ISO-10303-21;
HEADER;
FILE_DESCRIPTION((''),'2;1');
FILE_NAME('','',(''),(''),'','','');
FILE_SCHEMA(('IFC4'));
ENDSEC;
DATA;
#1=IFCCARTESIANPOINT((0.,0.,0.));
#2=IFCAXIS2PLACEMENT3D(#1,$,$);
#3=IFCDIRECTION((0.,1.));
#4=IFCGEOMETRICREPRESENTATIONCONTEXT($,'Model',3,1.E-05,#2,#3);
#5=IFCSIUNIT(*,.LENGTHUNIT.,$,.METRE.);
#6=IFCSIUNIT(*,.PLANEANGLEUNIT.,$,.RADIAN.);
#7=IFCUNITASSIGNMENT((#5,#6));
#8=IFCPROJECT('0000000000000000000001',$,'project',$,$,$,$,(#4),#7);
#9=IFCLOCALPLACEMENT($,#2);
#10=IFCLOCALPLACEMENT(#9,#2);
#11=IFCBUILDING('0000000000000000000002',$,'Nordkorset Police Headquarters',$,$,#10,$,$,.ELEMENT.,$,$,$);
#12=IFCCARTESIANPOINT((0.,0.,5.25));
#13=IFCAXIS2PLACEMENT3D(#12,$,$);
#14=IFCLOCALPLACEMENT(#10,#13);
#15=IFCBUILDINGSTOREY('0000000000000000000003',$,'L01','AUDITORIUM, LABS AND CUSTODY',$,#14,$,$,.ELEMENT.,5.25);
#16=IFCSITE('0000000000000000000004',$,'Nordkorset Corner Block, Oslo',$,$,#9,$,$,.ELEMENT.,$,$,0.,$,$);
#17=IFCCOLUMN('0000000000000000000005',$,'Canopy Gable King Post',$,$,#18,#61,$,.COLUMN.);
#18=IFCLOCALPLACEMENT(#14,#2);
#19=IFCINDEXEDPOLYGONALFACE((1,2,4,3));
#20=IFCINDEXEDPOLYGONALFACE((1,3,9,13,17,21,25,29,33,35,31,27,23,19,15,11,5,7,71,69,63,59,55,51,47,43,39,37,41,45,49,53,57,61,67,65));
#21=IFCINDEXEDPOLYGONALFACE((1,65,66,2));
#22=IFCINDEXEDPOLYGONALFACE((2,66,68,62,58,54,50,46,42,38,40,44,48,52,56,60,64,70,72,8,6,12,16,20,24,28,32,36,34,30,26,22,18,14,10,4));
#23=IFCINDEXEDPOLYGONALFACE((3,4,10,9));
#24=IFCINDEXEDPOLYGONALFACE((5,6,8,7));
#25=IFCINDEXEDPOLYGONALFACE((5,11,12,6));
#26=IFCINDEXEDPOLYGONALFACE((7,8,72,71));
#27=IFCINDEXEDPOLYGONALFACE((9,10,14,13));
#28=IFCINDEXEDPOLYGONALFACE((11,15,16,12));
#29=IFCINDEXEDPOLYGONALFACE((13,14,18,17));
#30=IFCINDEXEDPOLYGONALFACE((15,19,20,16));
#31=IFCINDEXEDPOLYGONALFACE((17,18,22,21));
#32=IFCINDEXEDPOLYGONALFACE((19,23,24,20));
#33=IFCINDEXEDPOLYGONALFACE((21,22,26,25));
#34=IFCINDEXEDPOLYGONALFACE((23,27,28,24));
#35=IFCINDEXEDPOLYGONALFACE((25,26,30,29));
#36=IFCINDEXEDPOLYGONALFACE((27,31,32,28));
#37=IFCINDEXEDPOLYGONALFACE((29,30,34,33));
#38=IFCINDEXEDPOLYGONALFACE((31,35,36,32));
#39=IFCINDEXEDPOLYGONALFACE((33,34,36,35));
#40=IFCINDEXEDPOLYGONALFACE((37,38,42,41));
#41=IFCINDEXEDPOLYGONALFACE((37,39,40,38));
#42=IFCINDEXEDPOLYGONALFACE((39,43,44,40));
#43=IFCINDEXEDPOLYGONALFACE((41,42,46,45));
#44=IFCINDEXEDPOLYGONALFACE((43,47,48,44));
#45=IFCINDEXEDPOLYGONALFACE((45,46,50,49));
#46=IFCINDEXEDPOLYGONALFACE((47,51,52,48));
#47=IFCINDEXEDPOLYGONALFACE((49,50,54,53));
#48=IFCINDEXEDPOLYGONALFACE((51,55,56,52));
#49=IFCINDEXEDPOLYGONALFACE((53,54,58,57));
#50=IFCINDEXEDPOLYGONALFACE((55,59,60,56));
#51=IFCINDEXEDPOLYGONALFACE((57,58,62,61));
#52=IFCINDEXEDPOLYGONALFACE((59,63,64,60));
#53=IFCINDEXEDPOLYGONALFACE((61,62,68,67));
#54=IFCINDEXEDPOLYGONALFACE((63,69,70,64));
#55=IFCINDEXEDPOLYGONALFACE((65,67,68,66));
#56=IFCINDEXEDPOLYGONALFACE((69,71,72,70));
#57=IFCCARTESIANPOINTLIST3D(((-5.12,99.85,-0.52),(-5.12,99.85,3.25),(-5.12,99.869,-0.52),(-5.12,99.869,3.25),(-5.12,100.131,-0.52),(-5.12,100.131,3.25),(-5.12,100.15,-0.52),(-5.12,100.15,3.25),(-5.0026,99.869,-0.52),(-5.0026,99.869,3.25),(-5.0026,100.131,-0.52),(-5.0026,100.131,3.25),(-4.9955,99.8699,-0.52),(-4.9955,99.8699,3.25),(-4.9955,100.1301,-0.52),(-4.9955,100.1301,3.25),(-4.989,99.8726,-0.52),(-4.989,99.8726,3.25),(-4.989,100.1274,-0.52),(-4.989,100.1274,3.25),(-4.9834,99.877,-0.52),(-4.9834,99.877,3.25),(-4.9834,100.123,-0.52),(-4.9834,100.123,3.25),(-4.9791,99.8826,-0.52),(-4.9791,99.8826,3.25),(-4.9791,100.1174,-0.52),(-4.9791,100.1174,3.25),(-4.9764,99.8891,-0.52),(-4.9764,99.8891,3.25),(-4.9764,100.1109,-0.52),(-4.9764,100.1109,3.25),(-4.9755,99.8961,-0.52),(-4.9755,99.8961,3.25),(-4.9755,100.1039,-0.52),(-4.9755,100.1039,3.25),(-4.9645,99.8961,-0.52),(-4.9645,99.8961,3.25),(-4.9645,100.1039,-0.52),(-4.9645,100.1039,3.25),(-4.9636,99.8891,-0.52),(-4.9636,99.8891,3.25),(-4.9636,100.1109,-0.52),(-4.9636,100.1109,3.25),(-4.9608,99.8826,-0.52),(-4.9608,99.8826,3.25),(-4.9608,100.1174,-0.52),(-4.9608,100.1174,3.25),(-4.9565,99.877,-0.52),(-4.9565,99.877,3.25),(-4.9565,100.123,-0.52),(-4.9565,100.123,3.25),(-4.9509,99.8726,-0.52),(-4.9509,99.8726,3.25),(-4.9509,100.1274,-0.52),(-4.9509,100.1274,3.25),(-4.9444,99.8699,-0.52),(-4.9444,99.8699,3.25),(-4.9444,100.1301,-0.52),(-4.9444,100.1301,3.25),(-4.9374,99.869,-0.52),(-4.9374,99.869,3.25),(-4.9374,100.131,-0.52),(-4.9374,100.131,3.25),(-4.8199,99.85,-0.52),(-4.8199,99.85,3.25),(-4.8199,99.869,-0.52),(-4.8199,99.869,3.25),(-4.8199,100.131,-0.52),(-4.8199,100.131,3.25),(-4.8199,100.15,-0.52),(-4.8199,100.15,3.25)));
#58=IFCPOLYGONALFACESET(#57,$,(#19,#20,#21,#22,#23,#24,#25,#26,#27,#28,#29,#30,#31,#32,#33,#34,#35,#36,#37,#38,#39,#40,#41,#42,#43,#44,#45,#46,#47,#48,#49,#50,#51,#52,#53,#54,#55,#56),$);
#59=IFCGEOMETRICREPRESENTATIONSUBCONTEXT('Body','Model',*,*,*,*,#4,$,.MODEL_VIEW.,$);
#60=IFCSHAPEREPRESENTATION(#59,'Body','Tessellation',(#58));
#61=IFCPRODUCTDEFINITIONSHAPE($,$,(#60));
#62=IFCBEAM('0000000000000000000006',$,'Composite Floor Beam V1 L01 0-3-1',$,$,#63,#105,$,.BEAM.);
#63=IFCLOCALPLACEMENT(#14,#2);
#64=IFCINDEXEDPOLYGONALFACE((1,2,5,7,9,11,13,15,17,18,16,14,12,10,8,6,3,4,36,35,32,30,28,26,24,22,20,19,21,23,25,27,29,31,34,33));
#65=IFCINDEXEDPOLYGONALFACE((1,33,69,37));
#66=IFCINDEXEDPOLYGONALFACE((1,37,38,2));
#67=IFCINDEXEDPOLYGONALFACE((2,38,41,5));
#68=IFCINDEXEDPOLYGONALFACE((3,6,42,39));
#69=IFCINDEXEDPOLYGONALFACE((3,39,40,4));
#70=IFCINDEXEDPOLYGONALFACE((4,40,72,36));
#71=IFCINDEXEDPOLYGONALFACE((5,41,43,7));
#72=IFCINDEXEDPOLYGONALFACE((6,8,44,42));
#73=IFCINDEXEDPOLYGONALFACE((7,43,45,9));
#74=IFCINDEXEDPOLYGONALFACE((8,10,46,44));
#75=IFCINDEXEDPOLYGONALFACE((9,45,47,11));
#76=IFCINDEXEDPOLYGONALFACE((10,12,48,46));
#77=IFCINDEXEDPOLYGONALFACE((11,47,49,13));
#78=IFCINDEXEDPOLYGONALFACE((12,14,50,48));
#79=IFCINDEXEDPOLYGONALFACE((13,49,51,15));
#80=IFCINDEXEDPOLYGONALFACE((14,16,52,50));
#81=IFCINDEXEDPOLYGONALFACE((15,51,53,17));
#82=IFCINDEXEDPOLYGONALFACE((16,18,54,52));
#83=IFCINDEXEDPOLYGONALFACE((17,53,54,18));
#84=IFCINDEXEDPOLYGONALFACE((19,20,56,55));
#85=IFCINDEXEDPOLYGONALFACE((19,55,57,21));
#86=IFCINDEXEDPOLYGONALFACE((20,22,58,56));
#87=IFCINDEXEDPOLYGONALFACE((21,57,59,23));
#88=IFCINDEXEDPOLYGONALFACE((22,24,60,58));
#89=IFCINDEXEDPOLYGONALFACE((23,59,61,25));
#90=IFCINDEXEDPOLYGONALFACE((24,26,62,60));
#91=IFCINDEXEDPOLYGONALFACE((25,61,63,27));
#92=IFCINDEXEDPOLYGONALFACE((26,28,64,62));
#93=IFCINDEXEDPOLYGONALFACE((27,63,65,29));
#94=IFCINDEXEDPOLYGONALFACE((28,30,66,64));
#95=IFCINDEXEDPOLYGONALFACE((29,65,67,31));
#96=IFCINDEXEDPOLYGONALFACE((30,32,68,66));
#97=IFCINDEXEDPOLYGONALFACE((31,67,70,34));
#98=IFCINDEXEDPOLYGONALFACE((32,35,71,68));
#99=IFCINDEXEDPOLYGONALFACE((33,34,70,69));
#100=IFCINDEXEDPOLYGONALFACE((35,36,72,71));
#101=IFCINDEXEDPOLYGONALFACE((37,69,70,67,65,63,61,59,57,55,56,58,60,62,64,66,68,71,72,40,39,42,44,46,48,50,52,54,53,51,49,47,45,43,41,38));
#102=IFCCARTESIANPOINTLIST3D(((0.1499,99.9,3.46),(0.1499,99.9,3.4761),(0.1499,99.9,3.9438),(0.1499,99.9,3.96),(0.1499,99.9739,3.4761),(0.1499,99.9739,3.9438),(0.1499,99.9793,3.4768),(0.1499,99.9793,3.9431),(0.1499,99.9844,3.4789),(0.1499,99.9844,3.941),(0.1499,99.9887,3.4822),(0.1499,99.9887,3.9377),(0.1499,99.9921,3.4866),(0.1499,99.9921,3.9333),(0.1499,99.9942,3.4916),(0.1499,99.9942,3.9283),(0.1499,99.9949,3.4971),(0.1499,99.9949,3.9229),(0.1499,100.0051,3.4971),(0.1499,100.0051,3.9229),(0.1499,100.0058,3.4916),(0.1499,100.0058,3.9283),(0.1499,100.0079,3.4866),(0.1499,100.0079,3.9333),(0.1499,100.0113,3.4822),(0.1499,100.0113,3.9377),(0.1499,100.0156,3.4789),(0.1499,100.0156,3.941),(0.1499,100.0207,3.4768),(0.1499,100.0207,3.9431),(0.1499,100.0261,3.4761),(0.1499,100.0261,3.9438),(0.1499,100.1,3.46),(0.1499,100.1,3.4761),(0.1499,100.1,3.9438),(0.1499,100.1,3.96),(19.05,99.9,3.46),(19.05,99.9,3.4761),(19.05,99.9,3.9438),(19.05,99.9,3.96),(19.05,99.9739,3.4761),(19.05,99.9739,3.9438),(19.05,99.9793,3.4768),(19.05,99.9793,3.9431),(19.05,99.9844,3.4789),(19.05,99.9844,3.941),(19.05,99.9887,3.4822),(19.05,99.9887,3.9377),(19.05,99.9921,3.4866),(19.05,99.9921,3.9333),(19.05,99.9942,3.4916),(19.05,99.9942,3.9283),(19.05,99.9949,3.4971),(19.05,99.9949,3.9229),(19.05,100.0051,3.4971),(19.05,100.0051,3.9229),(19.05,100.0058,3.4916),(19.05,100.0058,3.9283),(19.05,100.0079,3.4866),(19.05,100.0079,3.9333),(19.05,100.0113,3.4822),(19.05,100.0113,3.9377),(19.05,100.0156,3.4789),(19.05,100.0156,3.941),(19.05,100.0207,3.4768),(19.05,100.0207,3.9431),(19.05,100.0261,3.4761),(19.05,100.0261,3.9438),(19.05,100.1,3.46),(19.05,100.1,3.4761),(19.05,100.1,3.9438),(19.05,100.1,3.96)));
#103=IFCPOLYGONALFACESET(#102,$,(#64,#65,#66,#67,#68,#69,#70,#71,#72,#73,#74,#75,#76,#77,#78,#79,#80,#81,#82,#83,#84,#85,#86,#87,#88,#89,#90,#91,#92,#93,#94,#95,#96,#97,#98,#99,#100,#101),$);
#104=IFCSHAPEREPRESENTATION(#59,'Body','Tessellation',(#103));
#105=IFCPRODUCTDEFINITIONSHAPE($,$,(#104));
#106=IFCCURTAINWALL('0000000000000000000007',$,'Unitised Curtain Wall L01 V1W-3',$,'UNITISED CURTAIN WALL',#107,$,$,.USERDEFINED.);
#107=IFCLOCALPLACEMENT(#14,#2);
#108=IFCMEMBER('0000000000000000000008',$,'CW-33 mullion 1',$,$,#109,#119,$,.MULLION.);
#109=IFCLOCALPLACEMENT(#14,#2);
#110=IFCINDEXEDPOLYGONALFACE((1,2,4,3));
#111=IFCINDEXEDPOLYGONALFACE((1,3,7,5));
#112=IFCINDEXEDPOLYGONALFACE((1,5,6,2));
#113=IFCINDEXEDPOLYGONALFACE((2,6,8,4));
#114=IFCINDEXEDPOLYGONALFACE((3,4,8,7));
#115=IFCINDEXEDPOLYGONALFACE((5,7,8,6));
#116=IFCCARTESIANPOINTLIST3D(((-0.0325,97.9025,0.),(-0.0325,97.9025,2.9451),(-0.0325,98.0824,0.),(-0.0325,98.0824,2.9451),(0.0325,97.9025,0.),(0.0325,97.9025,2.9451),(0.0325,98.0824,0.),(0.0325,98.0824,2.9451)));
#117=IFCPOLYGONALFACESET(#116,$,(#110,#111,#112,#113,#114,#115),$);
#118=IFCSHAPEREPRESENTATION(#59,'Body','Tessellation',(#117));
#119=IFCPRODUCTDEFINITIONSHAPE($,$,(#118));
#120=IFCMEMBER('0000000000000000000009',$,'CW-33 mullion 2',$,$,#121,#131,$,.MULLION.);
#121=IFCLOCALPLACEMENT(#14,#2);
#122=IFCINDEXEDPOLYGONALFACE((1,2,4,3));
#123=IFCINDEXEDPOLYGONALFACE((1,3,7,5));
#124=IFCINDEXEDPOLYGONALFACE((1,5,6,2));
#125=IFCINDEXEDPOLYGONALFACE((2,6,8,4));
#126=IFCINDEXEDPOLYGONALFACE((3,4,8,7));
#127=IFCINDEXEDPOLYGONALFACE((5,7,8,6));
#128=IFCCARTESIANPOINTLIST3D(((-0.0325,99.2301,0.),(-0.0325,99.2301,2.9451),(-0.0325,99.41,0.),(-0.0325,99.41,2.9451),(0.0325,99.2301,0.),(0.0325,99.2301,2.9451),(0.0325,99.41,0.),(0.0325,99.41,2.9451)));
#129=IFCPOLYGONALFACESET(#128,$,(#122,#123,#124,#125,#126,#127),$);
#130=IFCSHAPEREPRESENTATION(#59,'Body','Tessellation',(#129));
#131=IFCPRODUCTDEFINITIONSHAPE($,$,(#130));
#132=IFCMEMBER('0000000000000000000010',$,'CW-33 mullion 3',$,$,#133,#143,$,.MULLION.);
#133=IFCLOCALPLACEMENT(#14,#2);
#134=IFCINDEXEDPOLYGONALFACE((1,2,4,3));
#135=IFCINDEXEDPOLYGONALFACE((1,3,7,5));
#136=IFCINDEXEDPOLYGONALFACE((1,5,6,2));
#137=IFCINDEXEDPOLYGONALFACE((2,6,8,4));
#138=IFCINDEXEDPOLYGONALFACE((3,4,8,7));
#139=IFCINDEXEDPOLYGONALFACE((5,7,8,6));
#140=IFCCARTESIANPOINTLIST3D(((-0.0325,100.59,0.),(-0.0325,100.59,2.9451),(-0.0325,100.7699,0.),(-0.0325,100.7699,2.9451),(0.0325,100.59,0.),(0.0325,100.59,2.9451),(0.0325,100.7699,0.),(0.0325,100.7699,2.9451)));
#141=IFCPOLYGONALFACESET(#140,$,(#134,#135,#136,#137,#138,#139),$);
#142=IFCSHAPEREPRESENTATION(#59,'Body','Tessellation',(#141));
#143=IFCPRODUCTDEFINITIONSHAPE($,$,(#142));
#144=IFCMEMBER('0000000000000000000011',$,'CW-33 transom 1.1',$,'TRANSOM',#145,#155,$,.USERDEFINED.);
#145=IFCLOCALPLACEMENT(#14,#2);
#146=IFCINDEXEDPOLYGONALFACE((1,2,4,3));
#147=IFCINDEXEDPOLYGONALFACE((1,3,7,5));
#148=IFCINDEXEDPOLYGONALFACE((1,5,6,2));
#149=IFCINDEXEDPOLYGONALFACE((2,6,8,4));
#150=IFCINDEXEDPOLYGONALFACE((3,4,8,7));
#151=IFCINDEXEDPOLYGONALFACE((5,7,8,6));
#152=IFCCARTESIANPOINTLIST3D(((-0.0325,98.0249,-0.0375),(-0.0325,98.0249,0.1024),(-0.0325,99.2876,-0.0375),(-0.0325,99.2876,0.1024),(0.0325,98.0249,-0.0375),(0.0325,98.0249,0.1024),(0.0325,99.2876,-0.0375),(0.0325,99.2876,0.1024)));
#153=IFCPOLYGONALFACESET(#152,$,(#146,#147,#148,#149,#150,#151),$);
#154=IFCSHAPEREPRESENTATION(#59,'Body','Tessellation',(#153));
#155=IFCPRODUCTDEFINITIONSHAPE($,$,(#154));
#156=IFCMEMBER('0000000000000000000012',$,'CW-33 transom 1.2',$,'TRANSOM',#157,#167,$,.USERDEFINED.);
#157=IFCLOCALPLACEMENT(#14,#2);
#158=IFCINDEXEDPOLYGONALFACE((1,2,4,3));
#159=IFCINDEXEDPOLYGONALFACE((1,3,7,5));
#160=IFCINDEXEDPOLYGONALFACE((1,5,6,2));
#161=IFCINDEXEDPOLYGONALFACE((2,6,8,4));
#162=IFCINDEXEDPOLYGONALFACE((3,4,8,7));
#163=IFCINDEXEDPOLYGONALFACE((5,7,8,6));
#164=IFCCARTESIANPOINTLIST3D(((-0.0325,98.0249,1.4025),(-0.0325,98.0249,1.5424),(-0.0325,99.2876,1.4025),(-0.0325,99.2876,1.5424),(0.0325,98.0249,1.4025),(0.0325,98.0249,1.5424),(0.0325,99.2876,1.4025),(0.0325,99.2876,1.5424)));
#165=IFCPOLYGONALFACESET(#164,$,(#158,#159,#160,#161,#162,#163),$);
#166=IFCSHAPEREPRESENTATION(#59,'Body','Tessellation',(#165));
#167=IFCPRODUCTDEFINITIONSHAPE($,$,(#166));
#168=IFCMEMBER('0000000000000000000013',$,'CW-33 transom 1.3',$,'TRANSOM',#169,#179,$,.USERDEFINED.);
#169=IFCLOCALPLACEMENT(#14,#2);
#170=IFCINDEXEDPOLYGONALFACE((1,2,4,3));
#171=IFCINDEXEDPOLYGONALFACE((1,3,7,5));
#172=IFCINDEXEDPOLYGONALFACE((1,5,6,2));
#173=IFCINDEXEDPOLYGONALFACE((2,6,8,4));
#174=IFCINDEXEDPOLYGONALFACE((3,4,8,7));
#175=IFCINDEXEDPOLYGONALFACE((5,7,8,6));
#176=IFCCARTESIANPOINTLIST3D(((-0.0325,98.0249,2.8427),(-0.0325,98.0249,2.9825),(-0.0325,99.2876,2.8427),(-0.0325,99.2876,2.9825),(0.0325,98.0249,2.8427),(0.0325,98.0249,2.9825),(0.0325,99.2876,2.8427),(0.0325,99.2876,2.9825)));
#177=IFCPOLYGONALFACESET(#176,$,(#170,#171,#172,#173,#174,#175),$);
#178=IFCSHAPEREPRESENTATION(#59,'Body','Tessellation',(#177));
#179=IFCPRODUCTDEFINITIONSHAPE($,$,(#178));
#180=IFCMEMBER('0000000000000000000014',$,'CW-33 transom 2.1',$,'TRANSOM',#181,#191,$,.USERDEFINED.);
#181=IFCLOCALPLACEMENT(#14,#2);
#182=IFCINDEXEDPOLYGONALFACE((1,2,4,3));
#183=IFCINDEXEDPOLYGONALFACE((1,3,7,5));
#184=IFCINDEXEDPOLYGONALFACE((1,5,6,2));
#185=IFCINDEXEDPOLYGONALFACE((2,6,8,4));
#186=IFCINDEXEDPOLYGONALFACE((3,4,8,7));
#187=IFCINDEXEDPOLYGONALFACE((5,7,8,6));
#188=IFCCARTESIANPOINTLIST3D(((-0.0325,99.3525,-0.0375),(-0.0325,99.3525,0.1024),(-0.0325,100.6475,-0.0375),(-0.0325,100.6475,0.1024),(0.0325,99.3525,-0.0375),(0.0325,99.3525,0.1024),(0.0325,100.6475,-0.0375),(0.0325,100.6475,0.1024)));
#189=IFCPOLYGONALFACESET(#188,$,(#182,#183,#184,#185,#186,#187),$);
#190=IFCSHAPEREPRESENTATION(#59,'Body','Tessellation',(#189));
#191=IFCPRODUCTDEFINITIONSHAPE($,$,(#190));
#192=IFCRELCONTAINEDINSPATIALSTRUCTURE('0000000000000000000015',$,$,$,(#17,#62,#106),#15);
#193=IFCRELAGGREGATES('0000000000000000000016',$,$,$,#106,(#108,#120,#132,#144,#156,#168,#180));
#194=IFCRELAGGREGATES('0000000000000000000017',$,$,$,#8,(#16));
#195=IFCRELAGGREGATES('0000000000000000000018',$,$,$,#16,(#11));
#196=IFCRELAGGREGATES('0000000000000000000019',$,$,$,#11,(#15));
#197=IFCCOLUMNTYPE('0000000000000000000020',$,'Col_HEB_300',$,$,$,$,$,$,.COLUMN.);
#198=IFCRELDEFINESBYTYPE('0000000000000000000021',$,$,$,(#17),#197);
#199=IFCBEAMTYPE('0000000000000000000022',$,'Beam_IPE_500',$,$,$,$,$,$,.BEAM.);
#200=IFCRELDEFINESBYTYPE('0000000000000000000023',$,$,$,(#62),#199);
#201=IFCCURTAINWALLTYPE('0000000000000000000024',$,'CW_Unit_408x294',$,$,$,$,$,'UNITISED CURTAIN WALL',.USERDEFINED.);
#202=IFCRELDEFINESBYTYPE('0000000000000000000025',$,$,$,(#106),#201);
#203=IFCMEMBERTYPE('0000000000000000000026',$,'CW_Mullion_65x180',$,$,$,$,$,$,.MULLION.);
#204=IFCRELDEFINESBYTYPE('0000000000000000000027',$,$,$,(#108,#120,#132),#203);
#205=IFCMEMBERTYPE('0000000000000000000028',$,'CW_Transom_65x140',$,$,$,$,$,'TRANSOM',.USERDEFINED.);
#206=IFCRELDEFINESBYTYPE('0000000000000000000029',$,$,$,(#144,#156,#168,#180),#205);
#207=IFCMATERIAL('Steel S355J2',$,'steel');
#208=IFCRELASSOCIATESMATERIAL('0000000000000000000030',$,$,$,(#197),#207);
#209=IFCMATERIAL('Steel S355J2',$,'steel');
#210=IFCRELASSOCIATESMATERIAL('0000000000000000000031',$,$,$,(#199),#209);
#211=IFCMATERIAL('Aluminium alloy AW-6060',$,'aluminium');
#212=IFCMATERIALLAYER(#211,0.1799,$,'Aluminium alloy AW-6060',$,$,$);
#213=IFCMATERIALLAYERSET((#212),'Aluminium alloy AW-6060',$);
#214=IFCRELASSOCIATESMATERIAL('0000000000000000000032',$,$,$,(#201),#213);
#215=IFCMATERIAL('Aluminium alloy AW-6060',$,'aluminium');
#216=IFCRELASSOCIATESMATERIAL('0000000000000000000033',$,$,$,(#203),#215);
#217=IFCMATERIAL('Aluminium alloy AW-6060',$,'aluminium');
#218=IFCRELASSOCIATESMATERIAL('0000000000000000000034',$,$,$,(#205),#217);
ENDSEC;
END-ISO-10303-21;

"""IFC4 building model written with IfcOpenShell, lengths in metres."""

from ifc_helpers import new_model, si_unit, direction, frame, origin, origin_2d, place, context, subcontext, project, spatial, rectangle, i_section, extrude, material, layer, layer_set, material_profile, profile_set, type_object, element, aggregate, save


model = new_model("IFC4")

# Units and contexts
model_context = context("Model", 3, precision=1e-05, world=origin(), true_north=direction((0.0, 1.0)))
body_context = subcontext(model_context, "Body", "Model", "MODEL_VIEW")
ifc_project = project(units=[si_unit("LENGTHUNIT", "METRE"), si_unit("PLANEANGLEUNIT", "RADIAN")], contexts=[model_context])

# Site, building, storey
site_placement = place(None, origin())
site = spatial("IfcSite", under=ifc_project, at=site_placement, Name="Nordkorset Corner Block, Oslo", CompositionType="ELEMENT", RefElevation=0.0)
building_placement = place(site_placement, origin())
building = spatial("IfcBuilding", under=site, at=building_placement, Name="Nordkorset Police Headquarters", CompositionType="ELEMENT")
storey_placement = place(building_placement, frame((0.0, 0.0, 5.25)))
storey = spatial("IfcBuildingStorey", under=building, at=storey_placement, Name="L01", Description="AUDITORIUM, LABS AND CUSTODY", CompositionType="ELEMENT", Elevation=5.25)

# Column
ifc_material_1 = material(Name="Steel S355J2", Category="steel")
ifc_material_profile_1 = material_profile(ifc_material_1, i_section(OverallWidth=0.3, OverallDepth=0.3, WebThickness=0.011, FlangeThickness=0.019, FilletRadius=0.0271, at=origin_2d()), Name="HEB 300")
ifc_profile_set_1 = profile_set([ifc_material_profile_1], Name="Steel S355J2")
column_type = type_object("IfcColumnType", Name="Col_HEB_300", PredefinedType="COLUMN", material=ifc_profile_set_1)
column_placement = place(storey_placement, frame((-4.97, 100.0, -0.52), z_axis=(0.0, 0.0, 1.0), x_axis=(1.0, 0.0, 0.0)))
element("IfcColumn", 1, at=column_placement, inside=storey, type_object=column_type, Name="Canopy Gable King Post", PredefinedType="COLUMN", context=body_context, shape_type="SweptSolid", body=[
    extrude(i_section(OverallWidth=0.3, OverallDepth=0.3, WebThickness=0.011, FlangeThickness=0.019, FilletRadius=0.0271, at=origin_2d()), origin(), (0.0, 0.0, 1.0), 3.77),
])

# Beam
ifc_material_2 = material(Name="Steel S355J2", Category="steel")
ifc_material_profile_2 = material_profile(ifc_material_2, i_section(OverallWidth=0.2, OverallDepth=0.5, WebThickness=0.0103, FlangeThickness=0.0161, FilletRadius=0.021, at=origin_2d()), Name="IPE 500")
ifc_profile_set_2 = profile_set([ifc_material_profile_2], Name="Steel S355J2")
beam_type_1 = type_object("IfcBeamType", Name="Beam_IPE_500", PredefinedType="BEAM", material=ifc_profile_set_2)
beam_1_placement = place(storey_placement, frame((0.1499, 100.0, 3.71), z_axis=(1.0, 0.0, 0.0), x_axis=(0.0, 1.0, 0.0)))
element("IfcBeam", 2, at=beam_1_placement, inside=storey, type_object=beam_type_1, Name="Composite Floor Beam V1 L01 0-3-1", PredefinedType="BEAM", context=body_context, shape_type="SweptSolid", body=[
    extrude(i_section(OverallWidth=0.2, OverallDepth=0.5, WebThickness=0.0103, FlangeThickness=0.0161, FilletRadius=0.021, at=origin_2d()), origin(), (0.0, 0.0, 1.0), 18.9001),
])

# Curtain wall, members
ifc_material_3 = material(Name="Aluminium alloy AW-6060", Category="aluminium")
ifc_layer_1 = layer(ifc_material_3, 0.1799, Name="Aluminium alloy AW-6060")
ifc_layer_set_1 = layer_set([ifc_layer_1], Name="Aluminium alloy AW-6060")
curtain_wall_type = type_object("IfcCurtainWallType", Name="CW_Unit_408x294", ElementType="UNITISED CURTAIN WALL", PredefinedType="USERDEFINED", material=ifc_layer_set_1)
curtain_wall_placement = place(storey_placement, origin())
curtain_wall = element("IfcCurtainWall", 3, at=curtain_wall_placement, inside=storey, type_object=curtain_wall_type, Name="Unitised Curtain Wall L01 V1W-3", ObjectType="UNITISED CURTAIN WALL", PredefinedType="USERDEFINED")
ifc_material_4 = material(Name="Aluminium alloy AW-6060", Category="aluminium")
ifc_material_profile_3 = material_profile(ifc_material_4, rectangle(XDim=0.0649, YDim=0.1799, at=origin_2d()), Name="ALU MULL 65x180")
ifc_profile_set_3 = profile_set([ifc_material_profile_3], Name="Aluminium alloy AW-6060")
member_type_1 = type_object("IfcMemberType", Name="CW_Mullion_65x180", PredefinedType="MULLION", material=ifc_profile_set_3)
member_1_placement = place(storey_placement, frame((0.0, 97.9924, 0.0), z_axis=(0.0, 0.0, 1.0), x_axis=(-1.0, 0.0, 0.0)))
member_1 = element("IfcMember", 4, at=member_1_placement, type_object=member_type_1, Name="CW-33 mullion 1", PredefinedType="MULLION", context=body_context, shape_type="SweptSolid", body=[
    extrude(rectangle(XDim=0.0649, YDim=0.1799, at=origin_2d()), origin(), (0.0, 0.0, 1.0), 2.9451),
])
member_2_placement = place(storey_placement, frame((0.0, 99.3201, 0.0), z_axis=(0.0, 0.0, 1.0), x_axis=(-1.0, 0.0, 0.0)))
member_2 = element("IfcMember", 5, at=member_2_placement, type_object=member_type_1, Name="CW-33 mullion 2", PredefinedType="MULLION", context=body_context, shape_type="SweptSolid", body=[
    extrude(rectangle(XDim=0.0649, YDim=0.1799, at=origin_2d()), origin(), (0.0, 0.0, 1.0), 2.9451),
])
member_3_placement = place(storey_placement, frame((0.0, 100.6799, 0.0), z_axis=(0.0, 0.0, 1.0), x_axis=(-1.0, 0.0, 0.0)))
member_3 = element("IfcMember", 6, at=member_3_placement, type_object=member_type_1, Name="CW-33 mullion 3", PredefinedType="MULLION", context=body_context, shape_type="SweptSolid", body=[
    extrude(rectangle(XDim=0.0649, YDim=0.1799, at=origin_2d()), origin(), (0.0, 0.0, 1.0), 2.9451),
])
ifc_material_5 = material(Name="Aluminium alloy AW-6060", Category="aluminium")
ifc_material_profile_4 = material_profile(ifc_material_5, rectangle(XDim=0.0649, YDim=0.1399, at=origin_2d()), Name="ALU TRAN 65x140")
ifc_profile_set_4 = profile_set([ifc_material_profile_4], Name="Aluminium alloy AW-6060")
member_type_2 = type_object("IfcMemberType", Name="CW_Transom_65x140", ElementType="TRANSOM", PredefinedType="USERDEFINED", material=ifc_profile_set_4)
member_4_placement = place(storey_placement, frame((0.0, 98.0249, 0.0325), z_axis=(0.0, 1.0, 0.0), x_axis=(-1.0, 0.0, 0.0)))
member_4 = element("IfcMember", 7, at=member_4_placement, type_object=member_type_2, Name="CW-33 transom 1.1", ObjectType="TRANSOM", PredefinedType="USERDEFINED", context=body_context, shape_type="SweptSolid", body=[
    extrude(rectangle(XDim=0.0649, YDim=0.1399, at=origin_2d()), origin(), (0.0, 0.0, 1.0), 1.2627),
])
member_5_placement = place(storey_placement, frame((0.0, 98.0249, 1.4724), z_axis=(0.0, 1.0, 0.0), x_axis=(-1.0, 0.0, 0.0)))
member_5 = element("IfcMember", 8, at=member_5_placement, type_object=member_type_2, Name="CW-33 transom 1.2", ObjectType="TRANSOM", PredefinedType="USERDEFINED", context=body_context, shape_type="SweptSolid", body=[
    extrude(rectangle(XDim=0.0649, YDim=0.1399, at=origin_2d()), origin(), (0.0, 0.0, 1.0), 1.2627),
])
member_6_placement = place(storey_placement, frame((0.0, 98.0249, 2.9126), z_axis=(0.0, 1.0, 0.0), x_axis=(-1.0, 0.0, 0.0)))
member_6 = element("IfcMember", 9, at=member_6_placement, type_object=member_type_2, Name="CW-33 transom 1.3", ObjectType="TRANSOM", PredefinedType="USERDEFINED", context=body_context, shape_type="SweptSolid", body=[
    extrude(rectangle(XDim=0.0649, YDim=0.1399, at=origin_2d()), origin(), (0.0, 0.0, 1.0), 1.2627),
])
member_7_placement = place(storey_placement, frame((0.0, 99.3525, 0.0325), z_axis=(0.0, 1.0, 0.0), x_axis=(-1.0, 0.0, 0.0)))
member_7 = element("IfcMember", 10, at=member_7_placement, type_object=member_type_2, Name="CW-33 transom 2.1", ObjectType="TRANSOM", PredefinedType="USERDEFINED", context=body_context, shape_type="SweptSolid", body=[
    extrude(rectangle(XDim=0.0649, YDim=0.1399, at=origin_2d()), origin(), (0.0, 0.0, 1.0), 1.2949),
])

aggregate(curtain_wall, [member_1, member_2, member_3, member_4, member_5, member_6, member_7])

save(model, "model.ifc")
